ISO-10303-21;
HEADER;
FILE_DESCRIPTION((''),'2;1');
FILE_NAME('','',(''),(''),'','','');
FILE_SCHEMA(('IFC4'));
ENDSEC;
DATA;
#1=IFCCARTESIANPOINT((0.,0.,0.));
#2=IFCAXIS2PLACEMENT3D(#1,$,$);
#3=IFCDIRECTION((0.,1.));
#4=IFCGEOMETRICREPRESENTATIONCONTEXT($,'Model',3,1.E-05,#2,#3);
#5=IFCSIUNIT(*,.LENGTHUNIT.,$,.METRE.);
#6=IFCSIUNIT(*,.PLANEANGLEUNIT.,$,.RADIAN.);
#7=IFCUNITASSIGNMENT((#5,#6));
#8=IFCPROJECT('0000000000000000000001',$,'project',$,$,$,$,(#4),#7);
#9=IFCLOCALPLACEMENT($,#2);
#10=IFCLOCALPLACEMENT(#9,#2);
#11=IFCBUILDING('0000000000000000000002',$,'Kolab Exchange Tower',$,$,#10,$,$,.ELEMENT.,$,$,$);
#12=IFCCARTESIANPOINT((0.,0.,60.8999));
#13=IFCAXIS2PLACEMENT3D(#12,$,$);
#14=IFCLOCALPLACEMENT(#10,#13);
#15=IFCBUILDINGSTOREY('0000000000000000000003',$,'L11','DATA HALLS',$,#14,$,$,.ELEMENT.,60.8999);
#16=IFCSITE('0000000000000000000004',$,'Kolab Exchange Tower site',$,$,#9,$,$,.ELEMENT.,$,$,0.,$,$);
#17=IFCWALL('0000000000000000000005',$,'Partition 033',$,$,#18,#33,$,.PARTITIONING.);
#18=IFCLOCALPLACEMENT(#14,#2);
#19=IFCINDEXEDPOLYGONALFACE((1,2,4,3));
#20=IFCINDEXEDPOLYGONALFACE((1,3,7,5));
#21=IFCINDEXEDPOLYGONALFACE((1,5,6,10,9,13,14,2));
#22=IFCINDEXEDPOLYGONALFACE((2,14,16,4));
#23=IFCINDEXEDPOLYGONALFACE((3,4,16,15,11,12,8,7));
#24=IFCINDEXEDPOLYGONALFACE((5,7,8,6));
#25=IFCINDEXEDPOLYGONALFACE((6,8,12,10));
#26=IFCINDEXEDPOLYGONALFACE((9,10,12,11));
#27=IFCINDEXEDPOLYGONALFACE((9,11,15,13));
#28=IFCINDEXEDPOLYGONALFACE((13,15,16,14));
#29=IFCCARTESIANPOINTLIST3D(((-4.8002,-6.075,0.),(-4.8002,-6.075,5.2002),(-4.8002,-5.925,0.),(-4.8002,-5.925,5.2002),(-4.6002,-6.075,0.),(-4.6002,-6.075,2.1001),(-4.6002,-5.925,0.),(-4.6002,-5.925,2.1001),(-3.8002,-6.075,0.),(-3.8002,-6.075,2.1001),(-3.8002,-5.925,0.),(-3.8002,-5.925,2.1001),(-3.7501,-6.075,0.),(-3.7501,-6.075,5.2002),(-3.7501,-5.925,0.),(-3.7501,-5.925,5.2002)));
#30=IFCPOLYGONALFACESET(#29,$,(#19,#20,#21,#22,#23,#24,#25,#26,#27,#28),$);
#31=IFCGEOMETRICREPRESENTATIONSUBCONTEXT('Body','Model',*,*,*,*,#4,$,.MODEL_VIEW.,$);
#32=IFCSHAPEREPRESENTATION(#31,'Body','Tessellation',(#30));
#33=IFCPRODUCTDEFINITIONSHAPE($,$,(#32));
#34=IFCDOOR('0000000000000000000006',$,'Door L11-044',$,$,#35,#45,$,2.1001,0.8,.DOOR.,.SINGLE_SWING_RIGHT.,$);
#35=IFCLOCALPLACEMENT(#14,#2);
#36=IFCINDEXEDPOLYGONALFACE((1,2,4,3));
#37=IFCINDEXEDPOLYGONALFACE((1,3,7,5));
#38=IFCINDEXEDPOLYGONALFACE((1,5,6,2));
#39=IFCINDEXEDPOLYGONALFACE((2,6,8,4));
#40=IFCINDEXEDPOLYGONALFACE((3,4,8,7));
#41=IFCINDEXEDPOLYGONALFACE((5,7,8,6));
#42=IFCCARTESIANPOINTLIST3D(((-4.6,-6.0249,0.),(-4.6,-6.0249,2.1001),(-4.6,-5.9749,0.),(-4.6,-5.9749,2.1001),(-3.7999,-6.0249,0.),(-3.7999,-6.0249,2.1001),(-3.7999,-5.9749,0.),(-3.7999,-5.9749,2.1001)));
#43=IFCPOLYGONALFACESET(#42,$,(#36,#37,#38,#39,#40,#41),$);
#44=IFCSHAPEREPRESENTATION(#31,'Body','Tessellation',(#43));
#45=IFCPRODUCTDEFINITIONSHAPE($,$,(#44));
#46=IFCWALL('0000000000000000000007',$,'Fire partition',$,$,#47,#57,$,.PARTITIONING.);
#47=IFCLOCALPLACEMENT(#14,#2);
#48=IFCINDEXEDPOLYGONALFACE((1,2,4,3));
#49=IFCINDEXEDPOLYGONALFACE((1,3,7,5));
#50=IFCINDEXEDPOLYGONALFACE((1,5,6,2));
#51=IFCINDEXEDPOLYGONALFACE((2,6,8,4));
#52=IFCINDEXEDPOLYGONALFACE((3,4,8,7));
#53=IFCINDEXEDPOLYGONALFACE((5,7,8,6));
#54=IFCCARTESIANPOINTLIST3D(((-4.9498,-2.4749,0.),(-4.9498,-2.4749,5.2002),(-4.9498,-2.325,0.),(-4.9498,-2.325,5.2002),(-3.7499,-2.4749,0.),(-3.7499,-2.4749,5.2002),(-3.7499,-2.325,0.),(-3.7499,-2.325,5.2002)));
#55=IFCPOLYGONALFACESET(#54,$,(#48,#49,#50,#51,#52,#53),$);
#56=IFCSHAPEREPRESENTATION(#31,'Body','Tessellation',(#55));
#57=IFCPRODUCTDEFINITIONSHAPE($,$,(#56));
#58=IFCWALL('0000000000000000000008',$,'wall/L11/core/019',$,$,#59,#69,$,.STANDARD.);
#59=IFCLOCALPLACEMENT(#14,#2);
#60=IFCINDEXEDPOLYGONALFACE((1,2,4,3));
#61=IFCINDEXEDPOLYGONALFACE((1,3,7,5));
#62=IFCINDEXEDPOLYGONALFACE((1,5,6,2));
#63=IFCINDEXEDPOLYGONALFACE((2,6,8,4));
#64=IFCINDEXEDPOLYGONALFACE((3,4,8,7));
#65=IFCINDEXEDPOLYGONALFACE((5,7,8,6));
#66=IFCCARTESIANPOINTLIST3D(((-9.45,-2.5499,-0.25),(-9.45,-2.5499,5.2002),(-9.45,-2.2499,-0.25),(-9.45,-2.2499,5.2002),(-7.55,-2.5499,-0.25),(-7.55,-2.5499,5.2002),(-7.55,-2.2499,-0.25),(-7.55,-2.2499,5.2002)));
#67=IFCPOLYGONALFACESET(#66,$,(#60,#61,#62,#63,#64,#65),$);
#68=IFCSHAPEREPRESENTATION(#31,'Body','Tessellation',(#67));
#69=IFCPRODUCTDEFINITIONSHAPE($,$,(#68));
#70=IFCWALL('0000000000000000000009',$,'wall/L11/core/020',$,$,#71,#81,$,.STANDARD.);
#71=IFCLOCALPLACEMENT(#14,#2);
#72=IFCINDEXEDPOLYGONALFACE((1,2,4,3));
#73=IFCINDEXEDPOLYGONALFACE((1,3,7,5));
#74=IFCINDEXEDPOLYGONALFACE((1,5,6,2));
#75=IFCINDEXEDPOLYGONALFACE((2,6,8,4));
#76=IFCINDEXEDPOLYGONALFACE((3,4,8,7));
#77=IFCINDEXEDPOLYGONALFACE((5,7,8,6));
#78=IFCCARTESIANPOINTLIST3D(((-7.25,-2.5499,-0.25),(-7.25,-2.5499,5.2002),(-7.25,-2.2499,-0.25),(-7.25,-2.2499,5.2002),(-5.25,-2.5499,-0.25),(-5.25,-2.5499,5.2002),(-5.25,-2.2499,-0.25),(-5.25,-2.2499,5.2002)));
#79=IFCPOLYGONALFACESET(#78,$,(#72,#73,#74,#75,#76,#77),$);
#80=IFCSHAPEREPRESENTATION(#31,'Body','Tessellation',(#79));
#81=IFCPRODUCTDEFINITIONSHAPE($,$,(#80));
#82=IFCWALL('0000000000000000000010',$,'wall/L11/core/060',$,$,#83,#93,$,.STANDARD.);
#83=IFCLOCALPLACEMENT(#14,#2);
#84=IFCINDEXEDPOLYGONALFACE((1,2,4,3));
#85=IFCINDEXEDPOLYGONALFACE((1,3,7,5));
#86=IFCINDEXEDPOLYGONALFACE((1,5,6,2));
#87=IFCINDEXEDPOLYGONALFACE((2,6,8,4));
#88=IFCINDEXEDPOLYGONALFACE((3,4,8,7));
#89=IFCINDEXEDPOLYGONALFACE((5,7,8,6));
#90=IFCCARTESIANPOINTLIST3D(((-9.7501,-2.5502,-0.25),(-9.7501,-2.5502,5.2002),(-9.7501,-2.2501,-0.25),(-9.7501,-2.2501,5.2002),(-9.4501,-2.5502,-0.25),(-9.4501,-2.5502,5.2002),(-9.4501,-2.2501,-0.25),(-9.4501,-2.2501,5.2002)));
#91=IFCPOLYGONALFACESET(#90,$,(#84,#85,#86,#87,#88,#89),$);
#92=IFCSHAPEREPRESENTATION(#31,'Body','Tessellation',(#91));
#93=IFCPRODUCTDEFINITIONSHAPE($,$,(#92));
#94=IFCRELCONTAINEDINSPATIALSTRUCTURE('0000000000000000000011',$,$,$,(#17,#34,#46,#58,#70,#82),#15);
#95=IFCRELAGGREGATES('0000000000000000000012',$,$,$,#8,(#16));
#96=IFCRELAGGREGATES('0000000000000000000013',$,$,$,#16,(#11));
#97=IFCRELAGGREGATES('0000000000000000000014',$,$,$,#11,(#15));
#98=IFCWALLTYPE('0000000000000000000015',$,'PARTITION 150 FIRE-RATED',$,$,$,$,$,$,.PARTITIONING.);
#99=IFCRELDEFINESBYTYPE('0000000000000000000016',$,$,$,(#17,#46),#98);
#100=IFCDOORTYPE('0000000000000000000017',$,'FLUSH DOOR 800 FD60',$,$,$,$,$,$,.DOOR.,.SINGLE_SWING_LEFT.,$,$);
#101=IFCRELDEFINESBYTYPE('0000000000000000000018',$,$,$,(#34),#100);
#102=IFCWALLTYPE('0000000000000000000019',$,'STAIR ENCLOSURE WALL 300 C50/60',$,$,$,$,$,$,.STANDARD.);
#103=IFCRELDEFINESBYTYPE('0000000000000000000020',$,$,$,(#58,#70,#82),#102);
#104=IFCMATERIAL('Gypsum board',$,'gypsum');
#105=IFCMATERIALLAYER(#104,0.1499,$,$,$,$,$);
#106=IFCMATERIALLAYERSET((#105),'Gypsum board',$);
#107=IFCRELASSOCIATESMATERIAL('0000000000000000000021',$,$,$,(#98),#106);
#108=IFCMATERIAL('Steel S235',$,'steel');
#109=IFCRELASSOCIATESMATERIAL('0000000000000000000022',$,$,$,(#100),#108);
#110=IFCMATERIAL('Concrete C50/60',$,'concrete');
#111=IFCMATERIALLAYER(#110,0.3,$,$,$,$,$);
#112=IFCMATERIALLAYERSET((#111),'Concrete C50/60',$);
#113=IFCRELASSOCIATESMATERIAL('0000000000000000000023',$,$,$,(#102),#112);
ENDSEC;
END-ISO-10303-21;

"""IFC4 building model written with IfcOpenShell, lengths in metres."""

from ifc_helpers import new_model, si_unit, direction, frame, frame_2d, origin, place, context, subcontext, project, spatial, rectangle, extrude, material, layer, layer_set, type_object, element, fill, save


model = new_model("IFC4")

# Units and contexts
model_context = context("Model", 3, precision=1e-05, world=origin(), true_north=direction((0.0, 1.0)))
body_context = subcontext(model_context, "Body", "Model", "MODEL_VIEW")
ifc_project = project(units=[si_unit("LENGTHUNIT", "METRE"), si_unit("PLANEANGLEUNIT", "RADIAN")], contexts=[model_context])

# Site, building, storey
site_placement = place(None, origin())
site = spatial("IfcSite", under=ifc_project, at=site_placement, Name="Kolab Exchange Tower site", CompositionType="ELEMENT", RefElevation=0.0)
building_placement = place(site_placement, origin())
building = spatial("IfcBuilding", under=site, at=building_placement, Name="Kolab Exchange Tower", CompositionType="ELEMENT")
storey_placement = place(building_placement, frame((0.0, 0.0, 60.8999)))
storey = spatial("IfcBuildingStorey", under=building, at=storey_placement, Name="L11", Description="DATA HALLS", CompositionType="ELEMENT", Elevation=60.8999)

# Shared definitions
ifc_material_1 = material(Name="Concrete C50/60", Category="concrete")

# Shared definitions
ifc_material_2 = material(Name="Gypsum board", Category="gypsum")
ifc_layer_1 = layer(ifc_material_2, 0.1499)
ifc_layer_set_1 = layer_set([ifc_layer_1], Name="Gypsum board")
wall_type_1 = type_object("IfcWallType", Name="PARTITION 150 FIRE-RATED", PredefinedType="PARTITIONING", material=ifc_layer_set_1)

# Wall, opening, door
wall_1_placement = place(storey_placement, frame((-4.8, -6.0, 0.0), z_axis=(0.0, 0.0, 1.0), x_axis=(1.0, 0.0, 0.0)))
wall_1 = element("IfcWall", 1, at=wall_1_placement, inside=storey, type_object=wall_type_1, Name="Partition 033", PredefinedType="PARTITIONING", context=body_context, shape_type="SweptSolid", body=[
    extrude(rectangle(XDim=1.05, YDim=0.1499, at=frame_2d((0.5249, 0.0))), origin(), (0.0, 0.0, 1.0), 5.2002),
])
opening_1_placement = place(wall_1_placement, frame((0.2, 0.0, 0.0)))
opening_1 = element("IfcOpeningElement", 2, at=opening_1_placement, cuts=wall_1, PredefinedType="OPENING", context=body_context, shape_type="SweptSolid", body=[
    extrude(rectangle(XDim=0.8, YDim=2.1001, at=frame_2d((0.3999, 1.05))), frame((0.0, 0.085, 0.0), z_axis=(0.0, -1.0, 0.0), x_axis=(1.0, 0.0, 0.0)), (0.0, 0.0, 1.0), 0.1699),
])
ifc_material_3 = material(Name="Steel S235", Category="steel")
door_type_1 = type_object("IfcDoorType", Name="FLUSH DOOR 800 FD60", OperationType="SINGLE_SWING_LEFT", PredefinedType="DOOR", material=ifc_material_3)
door_1_placement = place(opening_1_placement, frame((0.8, 0.0, 0.0), z_axis=(0.0, 0.0, 1.0), x_axis=(-1.0, 0.0, 0.0)))
door_1 = element("IfcDoor", 3, at=door_1_placement, inside=storey, type_object=door_type_1, Name="Door L11-044", OperationType="SINGLE_SWING_RIGHT", OverallHeight=2.1001, OverallWidth=0.8, PredefinedType="DOOR", context=body_context, shape_type="SweptSolid", body=[
    extrude(rectangle(XDim=0.8, YDim=2.1001, at=frame_2d((0.3999, 1.05))), frame((0.0, 0.0249, 0.0), z_axis=(0.0, -1.0, 0.0), x_axis=(1.0, 0.0, 0.0)), (0.0, 0.0, 1.0), 0.05),
])
fill(opening_1, door_1)

# Walls
wall_2_placement = place(storey_placement, frame((-4.95, -2.3999, 0.0), z_axis=(0.0, 0.0, 1.0), x_axis=(1.0, 0.0, 0.0)))
element("IfcWall", 4, at=wall_2_placement, inside=storey, type_object=wall_type_1, Name="Fire partition", PredefinedType="PARTITIONING", context=body_context, shape_type="SweptSolid", body=[
    extrude(rectangle(XDim=1.2, YDim=0.1499, at=frame_2d((0.6001, 0.0))), origin(), (0.0, 0.0, 1.0), 5.2002),
])
ifc_layer_2 = layer(ifc_material_1, 0.3)
ifc_layer_set_2 = layer_set([ifc_layer_2], Name="Concrete C50/60")
wall_type_2 = type_object("IfcWallType", Name="STAIR ENCLOSURE WALL 300 C50/60", PredefinedType="STANDARD", material=ifc_layer_set_2)
wall_3_placement = place(storey_placement, frame((-9.45, -2.3999, -0.25), z_axis=(0.0, 0.0, 1.0), x_axis=(1.0, 0.0, 0.0)))
element("IfcWall", 5, at=wall_3_placement, inside=storey, type_object=wall_type_2, Name="wall/L11/core/019", PredefinedType="STANDARD", context=body_context, shape_type="SweptSolid", body=[
    extrude(rectangle(XDim=1.8999, YDim=0.3, at=frame_2d((0.95, 0.0))), origin(), (0.0, 0.0, 1.0), 5.4502),
])
wall_4_placement = place(storey_placement, frame((-7.25, -2.3999, -0.25), z_axis=(0.0, 0.0, 1.0), x_axis=(1.0, 0.0, 0.0)))
element("IfcWall", 6, at=wall_4_placement, inside=storey, type_object=wall_type_2, Name="wall/L11/core/020", PredefinedType="STANDARD", context=body_context, shape_type="SweptSolid", body=[
    extrude(rectangle(XDim=2.0, YDim=0.3, at=frame_2d((1.0, 0.0))), origin(), (0.0, 0.0, 1.0), 5.4502),
])
wall_5_placement = place(storey_placement, frame((-9.6001, -2.55, -0.25), z_axis=(0.0, 0.0, 1.0), x_axis=(0.0, 1.0, 0.0)))
element("IfcWall", 7, at=wall_5_placement, inside=storey, type_object=wall_type_2, Name="wall/L11/core/060", PredefinedType="STANDARD", context=body_context, shape_type="SweptSolid", body=[
    extrude(rectangle(XDim=0.3, YDim=0.3, at=frame_2d((0.1499, 0.0))), origin(), (0.0, 0.0, 1.0), 5.4502),
])

save(model, "model.ifc")
